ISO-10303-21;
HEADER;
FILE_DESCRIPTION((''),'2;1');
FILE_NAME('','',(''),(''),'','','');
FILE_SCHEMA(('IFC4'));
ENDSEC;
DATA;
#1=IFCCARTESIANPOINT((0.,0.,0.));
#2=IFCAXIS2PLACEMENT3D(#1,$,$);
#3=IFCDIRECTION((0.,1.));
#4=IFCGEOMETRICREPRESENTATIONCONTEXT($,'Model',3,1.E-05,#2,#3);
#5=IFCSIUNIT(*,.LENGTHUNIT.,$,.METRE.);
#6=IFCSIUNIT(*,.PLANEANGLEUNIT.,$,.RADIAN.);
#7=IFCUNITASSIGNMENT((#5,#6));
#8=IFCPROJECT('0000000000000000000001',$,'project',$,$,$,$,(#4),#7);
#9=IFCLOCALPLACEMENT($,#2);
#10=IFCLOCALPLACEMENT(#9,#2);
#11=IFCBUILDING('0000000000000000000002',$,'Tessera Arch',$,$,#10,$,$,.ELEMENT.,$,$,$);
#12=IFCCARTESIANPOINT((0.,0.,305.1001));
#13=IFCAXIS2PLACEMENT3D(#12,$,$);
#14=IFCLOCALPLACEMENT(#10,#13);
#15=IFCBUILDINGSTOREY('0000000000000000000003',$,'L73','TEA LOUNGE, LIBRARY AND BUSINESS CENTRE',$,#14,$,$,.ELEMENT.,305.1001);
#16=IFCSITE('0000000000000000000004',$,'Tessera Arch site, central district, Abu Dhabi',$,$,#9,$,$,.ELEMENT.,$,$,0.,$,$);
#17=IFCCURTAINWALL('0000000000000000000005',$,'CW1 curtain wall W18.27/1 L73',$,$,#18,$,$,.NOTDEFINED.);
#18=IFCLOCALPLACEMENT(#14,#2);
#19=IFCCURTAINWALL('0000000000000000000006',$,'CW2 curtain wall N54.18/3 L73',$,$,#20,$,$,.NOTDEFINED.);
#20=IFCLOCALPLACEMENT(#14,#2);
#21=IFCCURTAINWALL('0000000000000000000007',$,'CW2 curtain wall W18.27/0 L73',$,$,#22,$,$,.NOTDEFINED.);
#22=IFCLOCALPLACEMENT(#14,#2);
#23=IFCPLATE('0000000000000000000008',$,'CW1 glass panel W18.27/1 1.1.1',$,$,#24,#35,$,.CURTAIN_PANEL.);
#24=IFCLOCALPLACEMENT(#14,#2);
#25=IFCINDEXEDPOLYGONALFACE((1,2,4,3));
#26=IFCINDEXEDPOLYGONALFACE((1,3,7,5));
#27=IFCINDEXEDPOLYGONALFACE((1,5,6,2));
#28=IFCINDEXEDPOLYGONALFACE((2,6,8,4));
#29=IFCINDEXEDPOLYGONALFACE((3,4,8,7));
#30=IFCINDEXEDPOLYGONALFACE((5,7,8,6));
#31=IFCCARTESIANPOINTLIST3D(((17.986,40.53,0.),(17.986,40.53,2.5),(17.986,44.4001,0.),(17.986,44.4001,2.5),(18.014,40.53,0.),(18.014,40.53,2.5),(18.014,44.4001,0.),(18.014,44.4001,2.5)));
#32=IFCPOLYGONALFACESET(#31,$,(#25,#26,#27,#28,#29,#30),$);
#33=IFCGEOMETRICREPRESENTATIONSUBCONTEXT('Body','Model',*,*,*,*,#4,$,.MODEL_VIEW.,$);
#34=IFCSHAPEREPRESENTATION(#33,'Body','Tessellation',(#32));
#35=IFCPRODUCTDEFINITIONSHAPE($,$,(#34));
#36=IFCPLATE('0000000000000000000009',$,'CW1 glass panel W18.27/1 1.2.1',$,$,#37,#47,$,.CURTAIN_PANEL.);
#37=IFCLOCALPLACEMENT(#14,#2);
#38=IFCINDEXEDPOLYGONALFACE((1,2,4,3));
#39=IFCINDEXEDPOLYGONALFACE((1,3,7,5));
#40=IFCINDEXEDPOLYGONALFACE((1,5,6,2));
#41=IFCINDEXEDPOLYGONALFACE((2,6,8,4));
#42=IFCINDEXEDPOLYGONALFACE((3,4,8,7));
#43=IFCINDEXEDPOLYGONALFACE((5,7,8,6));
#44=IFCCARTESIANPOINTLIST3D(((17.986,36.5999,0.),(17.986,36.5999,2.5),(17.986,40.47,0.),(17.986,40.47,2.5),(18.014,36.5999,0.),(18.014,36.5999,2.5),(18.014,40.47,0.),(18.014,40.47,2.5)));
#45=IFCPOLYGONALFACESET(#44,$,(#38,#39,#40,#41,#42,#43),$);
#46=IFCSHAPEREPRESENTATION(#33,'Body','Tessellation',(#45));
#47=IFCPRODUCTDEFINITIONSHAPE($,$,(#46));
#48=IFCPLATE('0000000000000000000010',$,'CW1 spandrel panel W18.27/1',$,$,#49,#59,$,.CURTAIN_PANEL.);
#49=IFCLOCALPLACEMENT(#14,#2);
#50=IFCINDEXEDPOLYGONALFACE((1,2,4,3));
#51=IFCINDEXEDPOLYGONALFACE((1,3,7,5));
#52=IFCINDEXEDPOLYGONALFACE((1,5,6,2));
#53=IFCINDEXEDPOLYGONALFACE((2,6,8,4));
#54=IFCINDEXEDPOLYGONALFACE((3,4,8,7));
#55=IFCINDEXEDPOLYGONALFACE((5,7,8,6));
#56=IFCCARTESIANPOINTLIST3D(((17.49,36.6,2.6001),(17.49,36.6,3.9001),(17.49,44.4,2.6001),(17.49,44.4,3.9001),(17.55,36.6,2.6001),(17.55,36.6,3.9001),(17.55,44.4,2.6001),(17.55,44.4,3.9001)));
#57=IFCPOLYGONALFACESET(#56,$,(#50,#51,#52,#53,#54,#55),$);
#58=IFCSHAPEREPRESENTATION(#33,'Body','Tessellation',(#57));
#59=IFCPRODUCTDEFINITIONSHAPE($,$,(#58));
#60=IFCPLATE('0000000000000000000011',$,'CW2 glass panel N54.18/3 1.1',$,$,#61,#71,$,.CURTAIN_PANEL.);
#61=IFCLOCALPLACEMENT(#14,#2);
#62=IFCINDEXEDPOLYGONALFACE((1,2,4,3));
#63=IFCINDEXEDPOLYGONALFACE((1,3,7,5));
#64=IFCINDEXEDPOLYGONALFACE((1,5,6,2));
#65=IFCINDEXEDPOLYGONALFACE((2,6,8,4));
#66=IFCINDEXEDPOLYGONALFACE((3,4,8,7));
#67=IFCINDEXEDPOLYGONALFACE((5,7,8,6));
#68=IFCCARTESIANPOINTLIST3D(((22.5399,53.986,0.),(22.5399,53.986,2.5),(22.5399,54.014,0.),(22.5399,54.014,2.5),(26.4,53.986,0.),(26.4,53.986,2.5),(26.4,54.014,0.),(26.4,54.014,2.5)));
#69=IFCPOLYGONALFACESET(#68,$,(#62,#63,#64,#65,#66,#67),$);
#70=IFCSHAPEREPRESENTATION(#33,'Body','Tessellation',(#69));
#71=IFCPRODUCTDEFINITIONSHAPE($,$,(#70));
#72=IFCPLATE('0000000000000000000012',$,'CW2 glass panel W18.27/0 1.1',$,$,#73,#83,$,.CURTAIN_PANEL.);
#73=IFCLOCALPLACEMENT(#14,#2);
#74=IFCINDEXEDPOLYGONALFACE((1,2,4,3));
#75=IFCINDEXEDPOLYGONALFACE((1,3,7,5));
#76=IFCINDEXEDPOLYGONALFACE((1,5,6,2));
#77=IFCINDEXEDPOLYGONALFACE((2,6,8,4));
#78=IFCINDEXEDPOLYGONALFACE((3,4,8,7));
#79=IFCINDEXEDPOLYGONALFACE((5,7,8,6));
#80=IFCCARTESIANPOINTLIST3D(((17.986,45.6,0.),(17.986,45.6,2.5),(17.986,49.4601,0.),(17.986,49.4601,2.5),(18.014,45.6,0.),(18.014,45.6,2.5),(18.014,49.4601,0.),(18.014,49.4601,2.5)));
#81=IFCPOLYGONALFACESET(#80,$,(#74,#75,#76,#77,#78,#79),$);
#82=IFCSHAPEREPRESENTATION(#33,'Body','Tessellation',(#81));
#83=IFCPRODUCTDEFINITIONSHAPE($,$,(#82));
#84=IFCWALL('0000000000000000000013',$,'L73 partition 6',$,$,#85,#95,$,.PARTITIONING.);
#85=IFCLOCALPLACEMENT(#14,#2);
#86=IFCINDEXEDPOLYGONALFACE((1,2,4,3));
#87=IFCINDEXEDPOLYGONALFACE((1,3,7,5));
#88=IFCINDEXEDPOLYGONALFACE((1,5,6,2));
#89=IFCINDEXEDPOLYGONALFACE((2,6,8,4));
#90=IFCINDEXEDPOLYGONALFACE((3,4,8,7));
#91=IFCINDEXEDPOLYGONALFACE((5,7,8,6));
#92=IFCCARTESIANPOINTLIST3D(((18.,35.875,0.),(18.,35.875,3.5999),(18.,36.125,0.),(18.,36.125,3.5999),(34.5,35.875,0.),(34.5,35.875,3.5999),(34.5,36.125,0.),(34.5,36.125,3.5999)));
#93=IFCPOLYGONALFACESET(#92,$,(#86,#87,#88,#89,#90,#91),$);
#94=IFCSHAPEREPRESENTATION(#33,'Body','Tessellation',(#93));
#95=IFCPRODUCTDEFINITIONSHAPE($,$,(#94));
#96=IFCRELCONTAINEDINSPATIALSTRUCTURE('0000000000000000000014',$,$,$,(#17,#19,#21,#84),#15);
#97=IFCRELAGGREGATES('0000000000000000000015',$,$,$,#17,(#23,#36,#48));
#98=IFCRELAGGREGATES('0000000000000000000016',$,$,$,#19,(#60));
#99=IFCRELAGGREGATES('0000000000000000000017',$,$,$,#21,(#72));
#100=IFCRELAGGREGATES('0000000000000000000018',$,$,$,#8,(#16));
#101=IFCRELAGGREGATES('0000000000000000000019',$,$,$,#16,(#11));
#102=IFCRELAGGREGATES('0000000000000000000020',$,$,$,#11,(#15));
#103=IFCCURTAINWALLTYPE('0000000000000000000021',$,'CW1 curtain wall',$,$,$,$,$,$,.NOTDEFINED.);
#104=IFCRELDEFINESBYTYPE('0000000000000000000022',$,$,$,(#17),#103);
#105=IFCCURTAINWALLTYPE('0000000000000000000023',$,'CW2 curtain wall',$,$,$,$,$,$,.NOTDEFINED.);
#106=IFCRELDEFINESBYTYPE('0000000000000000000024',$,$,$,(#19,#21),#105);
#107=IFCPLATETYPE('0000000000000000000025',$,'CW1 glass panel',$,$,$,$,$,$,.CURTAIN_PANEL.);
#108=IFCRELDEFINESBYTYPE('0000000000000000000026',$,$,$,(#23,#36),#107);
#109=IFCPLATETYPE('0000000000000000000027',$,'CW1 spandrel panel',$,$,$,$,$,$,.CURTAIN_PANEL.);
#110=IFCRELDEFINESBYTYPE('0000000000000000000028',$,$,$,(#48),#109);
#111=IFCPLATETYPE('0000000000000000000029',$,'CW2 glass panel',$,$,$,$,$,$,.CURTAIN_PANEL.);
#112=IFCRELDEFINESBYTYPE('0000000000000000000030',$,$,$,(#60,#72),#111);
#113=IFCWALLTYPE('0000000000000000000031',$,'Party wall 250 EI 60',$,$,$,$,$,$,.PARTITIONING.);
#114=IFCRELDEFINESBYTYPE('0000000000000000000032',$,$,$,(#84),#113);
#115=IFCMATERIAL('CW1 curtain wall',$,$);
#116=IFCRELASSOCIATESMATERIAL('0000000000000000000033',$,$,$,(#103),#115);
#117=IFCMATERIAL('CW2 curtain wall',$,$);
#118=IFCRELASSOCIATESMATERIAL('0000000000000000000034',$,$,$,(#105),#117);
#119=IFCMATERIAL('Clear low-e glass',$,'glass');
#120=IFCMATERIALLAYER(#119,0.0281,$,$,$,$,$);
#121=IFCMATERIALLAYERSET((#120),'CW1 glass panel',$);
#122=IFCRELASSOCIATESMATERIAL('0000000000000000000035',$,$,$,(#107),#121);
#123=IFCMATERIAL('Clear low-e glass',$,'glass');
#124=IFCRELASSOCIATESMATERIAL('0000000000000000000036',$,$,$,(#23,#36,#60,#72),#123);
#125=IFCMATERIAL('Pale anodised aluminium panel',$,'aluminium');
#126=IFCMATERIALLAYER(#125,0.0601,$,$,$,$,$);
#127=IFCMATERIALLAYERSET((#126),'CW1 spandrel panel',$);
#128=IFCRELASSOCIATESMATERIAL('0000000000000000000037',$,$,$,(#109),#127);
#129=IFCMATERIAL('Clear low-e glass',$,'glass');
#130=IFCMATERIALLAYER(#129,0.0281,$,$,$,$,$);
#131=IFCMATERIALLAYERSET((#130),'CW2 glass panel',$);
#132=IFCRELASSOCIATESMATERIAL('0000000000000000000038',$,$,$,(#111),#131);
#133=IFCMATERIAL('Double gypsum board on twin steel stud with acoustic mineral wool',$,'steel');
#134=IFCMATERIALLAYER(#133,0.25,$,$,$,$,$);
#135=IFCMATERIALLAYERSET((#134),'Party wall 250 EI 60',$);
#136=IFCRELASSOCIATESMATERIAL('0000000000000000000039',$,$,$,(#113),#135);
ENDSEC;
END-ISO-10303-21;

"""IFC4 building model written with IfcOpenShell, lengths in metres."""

from ifc_helpers import new_model, si_unit, direction, frame, frame_2d, origin, origin_2d, place, context, subcontext, project, spatial, rectangle, extrude, material, layer, layer_set, type_object, element, aggregate, save


model = new_model("IFC4")

# Units and contexts
model_context = context("Model", 3, precision=1e-05, world=origin(), true_north=direction((0.0, 1.0)))
body_context = subcontext(model_context, "Body", "Model", "MODEL_VIEW")
ifc_project = project(units=[si_unit("LENGTHUNIT", "METRE"), si_unit("PLANEANGLEUNIT", "RADIAN")], contexts=[model_context])

# Site, building, storey
site_placement = place(None, origin())
site = spatial("IfcSite", under=ifc_project, at=site_placement, Name="Tessera Arch site, central district, Abu Dhabi", CompositionType="ELEMENT", RefElevation=0.0)
building_placement = place(site_placement, origin())
building = spatial("IfcBuilding", under=site, at=building_placement, Name="Tessera Arch", CompositionType="ELEMENT")
storey_placement = place(building_placement, frame((0.0, 0.0, 305.1001)))
storey = spatial("IfcBuildingStorey", under=building, at=storey_placement, Name="L73", Description="TEA LOUNGE, LIBRARY AND BUSINESS CENTRE", CompositionType="ELEMENT", Elevation=305.1001)

# Curtain wall
ifc_material_1 = material(Name="CW1 curtain wall")
curtain_wall_type_1 = type_object("IfcCurtainWallType", Name="CW1 curtain wall", PredefinedType="NOTDEFINED", material=ifc_material_1)
curtain_wall_1_placement = place(storey_placement, origin())
curtain_wall_1 = element("IfcCurtainWall", 1, at=curtain_wall_1_placement, inside=storey, type_object=curtain_wall_type_1, Name="CW1 curtain wall W18.27/1 L73", PredefinedType="NOTDEFINED")

# Curtain walls
ifc_material_2 = material(Name="CW2 curtain wall")
curtain_wall_type_2 = type_object("IfcCurtainWallType", Name="CW2 curtain wall", PredefinedType="NOTDEFINED", material=ifc_material_2)
curtain_wall_2_placement = place(storey_placement, origin())
curtain_wall_2 = element("IfcCurtainWall", 2, at=curtain_wall_2_placement, inside=storey, type_object=curtain_wall_type_2, Name="CW2 curtain wall N54.18/3 L73", PredefinedType="NOTDEFINED")
curtain_wall_3_placement = place(storey_placement, origin())
curtain_wall_3 = element("IfcCurtainWall", 3, at=curtain_wall_3_placement, inside=storey, type_object=curtain_wall_type_2, Name="CW2 curtain wall W18.27/0 L73", PredefinedType="NOTDEFINED")

# Plates
ifc_material_3 = material(Name="Clear low-e glass", Category="glass")
ifc_material_4 = material(Name="Clear low-e glass", Category="glass")
ifc_layer_1 = layer(ifc_material_4, 0.0281)
ifc_layer_set_1 = layer_set([ifc_layer_1], Name="CW1 glass panel")
plate_type_1 = type_object("IfcPlateType", Name="CW1 glass panel", PredefinedType="CURTAIN_PANEL", material=ifc_layer_set_1)
plate_1_placement = place(storey_placement, frame((18.0, 42.4651, 0.0), z_axis=(0.0, 0.0, 1.0), x_axis=(0.0, -1.0, 0.0)))
plate_1 = element("IfcPlate", 4, at=plate_1_placement, type_object=plate_type_1, material=ifc_material_3, Name="CW1 glass panel W18.27/1 1.1.1", PredefinedType="CURTAIN_PANEL", context=body_context, shape_type="SweptSolid", body=[
    extrude(rectangle(XDim=3.8701, YDim=0.0281, at=origin_2d()), origin(), (0.0, 0.0, 1.0), 2.5),
])
plate_2_placement = place(storey_placement, frame((18.0, 38.5349, 0.0), z_axis=(0.0, 0.0, 1.0), x_axis=(0.0, -1.0, 0.0)))
plate_2 = element("IfcPlate", 5, at=plate_2_placement, type_object=plate_type_1, material=ifc_material_3, Name="CW1 glass panel W18.27/1 1.2.1", PredefinedType="CURTAIN_PANEL", context=body_context, shape_type="SweptSolid", body=[
    extrude(rectangle(XDim=3.8701, YDim=0.0281, at=origin_2d()), origin(), (0.0, 0.0, 1.0), 2.5),
])
ifc_material_5 = material(Name="Pale anodised aluminium panel", Category="aluminium")
ifc_layer_2 = layer(ifc_material_5, 0.0601)
ifc_layer_set_2 = layer_set([ifc_layer_2], Name="CW1 spandrel panel")
plate_type_2 = type_object("IfcPlateType", Name="CW1 spandrel panel", PredefinedType="CURTAIN_PANEL", material=ifc_layer_set_2)
plate_3_placement = place(storey_placement, frame((17.52, 40.5, 2.6001), z_axis=(0.0, 0.0, 1.0), x_axis=(0.0, -1.0, 0.0)))
plate_3 = element("IfcPlate", 6, at=plate_3_placement, type_object=plate_type_2, Name="CW1 spandrel panel W18.27/1", PredefinedType="CURTAIN_PANEL", context=body_context, shape_type="SweptSolid", body=[
    extrude(rectangle(XDim=7.8, YDim=0.0601, at=origin_2d()), origin(), (0.0, 0.0, 1.0), 1.3),
])
aggregate(curtain_wall_1, [plate_1, plate_2, plate_3])
ifc_material_6 = material(Name="Clear low-e glass", Category="glass")
ifc_layer_3 = layer(ifc_material_6, 0.0281)
ifc_layer_set_3 = layer_set([ifc_layer_3], Name="CW2 glass panel")
plate_type_3 = type_object("IfcPlateType", Name="CW2 glass panel", PredefinedType="CURTAIN_PANEL", material=ifc_layer_set_3)
plate_4_placement = place(storey_placement, frame((24.47, 54.0, 0.0), z_axis=(0.0, 0.0, 1.0), x_axis=(-1.0, 0.0, 0.0)))
plate_4 = element("IfcPlate", 7, at=plate_4_placement, type_object=plate_type_3, material=ifc_material_3, Name="CW2 glass panel N54.18/3 1.1", PredefinedType="CURTAIN_PANEL", context=body_context, shape_type="SweptSolid", body=[
    extrude(rectangle(XDim=3.8601, YDim=0.0281, at=origin_2d()), origin(), (0.0, 0.0, 1.0), 2.5),
])
aggregate(curtain_wall_2, [plate_4])
plate_5_placement = place(storey_placement, frame((18.0, 47.53, 0.0), z_axis=(0.0, 0.0, 1.0), x_axis=(0.0, -1.0, 0.0)))
plate_5 = element("IfcPlate", 8, at=plate_5_placement, type_object=plate_type_3, material=ifc_material_3, Name="CW2 glass panel W18.27/0 1.1", PredefinedType="CURTAIN_PANEL", context=body_context, shape_type="SweptSolid", body=[
    extrude(rectangle(XDim=3.8601, YDim=0.0281, at=origin_2d()), origin(), (0.0, 0.0, 1.0), 2.5),
])
aggregate(curtain_wall_3, [plate_5])

# Wall
ifc_material_7 = material(Name="Double gypsum board on twin steel stud with acoustic mineral wool", Category="steel")
ifc_layer_4 = layer(ifc_material_7, 0.25)
ifc_layer_set_4 = layer_set([ifc_layer_4], Name="Party wall 250 EI 60")
wall_type = type_object("IfcWallType", Name="Party wall 250 EI 60", PredefinedType="PARTITIONING", material=ifc_layer_set_4)
wall_placement = place(storey_placement, frame((18.0, 36.0, 0.0), z_axis=(0.0, 0.0, 1.0), x_axis=(1.0, 0.0, 0.0)))
element("IfcWall", 9, at=wall_placement, inside=storey, type_object=wall_type, Name="L73 partition 6", PredefinedType="PARTITIONING", context=body_context, shape_type="SweptSolid", body=[
    extrude(rectangle(XDim=16.5, YDim=0.25, at=frame_2d((8.25, 0.0))), origin(), (0.0, 0.0, 1.0), 3.5999),
])

save(model, "model.ifc")
